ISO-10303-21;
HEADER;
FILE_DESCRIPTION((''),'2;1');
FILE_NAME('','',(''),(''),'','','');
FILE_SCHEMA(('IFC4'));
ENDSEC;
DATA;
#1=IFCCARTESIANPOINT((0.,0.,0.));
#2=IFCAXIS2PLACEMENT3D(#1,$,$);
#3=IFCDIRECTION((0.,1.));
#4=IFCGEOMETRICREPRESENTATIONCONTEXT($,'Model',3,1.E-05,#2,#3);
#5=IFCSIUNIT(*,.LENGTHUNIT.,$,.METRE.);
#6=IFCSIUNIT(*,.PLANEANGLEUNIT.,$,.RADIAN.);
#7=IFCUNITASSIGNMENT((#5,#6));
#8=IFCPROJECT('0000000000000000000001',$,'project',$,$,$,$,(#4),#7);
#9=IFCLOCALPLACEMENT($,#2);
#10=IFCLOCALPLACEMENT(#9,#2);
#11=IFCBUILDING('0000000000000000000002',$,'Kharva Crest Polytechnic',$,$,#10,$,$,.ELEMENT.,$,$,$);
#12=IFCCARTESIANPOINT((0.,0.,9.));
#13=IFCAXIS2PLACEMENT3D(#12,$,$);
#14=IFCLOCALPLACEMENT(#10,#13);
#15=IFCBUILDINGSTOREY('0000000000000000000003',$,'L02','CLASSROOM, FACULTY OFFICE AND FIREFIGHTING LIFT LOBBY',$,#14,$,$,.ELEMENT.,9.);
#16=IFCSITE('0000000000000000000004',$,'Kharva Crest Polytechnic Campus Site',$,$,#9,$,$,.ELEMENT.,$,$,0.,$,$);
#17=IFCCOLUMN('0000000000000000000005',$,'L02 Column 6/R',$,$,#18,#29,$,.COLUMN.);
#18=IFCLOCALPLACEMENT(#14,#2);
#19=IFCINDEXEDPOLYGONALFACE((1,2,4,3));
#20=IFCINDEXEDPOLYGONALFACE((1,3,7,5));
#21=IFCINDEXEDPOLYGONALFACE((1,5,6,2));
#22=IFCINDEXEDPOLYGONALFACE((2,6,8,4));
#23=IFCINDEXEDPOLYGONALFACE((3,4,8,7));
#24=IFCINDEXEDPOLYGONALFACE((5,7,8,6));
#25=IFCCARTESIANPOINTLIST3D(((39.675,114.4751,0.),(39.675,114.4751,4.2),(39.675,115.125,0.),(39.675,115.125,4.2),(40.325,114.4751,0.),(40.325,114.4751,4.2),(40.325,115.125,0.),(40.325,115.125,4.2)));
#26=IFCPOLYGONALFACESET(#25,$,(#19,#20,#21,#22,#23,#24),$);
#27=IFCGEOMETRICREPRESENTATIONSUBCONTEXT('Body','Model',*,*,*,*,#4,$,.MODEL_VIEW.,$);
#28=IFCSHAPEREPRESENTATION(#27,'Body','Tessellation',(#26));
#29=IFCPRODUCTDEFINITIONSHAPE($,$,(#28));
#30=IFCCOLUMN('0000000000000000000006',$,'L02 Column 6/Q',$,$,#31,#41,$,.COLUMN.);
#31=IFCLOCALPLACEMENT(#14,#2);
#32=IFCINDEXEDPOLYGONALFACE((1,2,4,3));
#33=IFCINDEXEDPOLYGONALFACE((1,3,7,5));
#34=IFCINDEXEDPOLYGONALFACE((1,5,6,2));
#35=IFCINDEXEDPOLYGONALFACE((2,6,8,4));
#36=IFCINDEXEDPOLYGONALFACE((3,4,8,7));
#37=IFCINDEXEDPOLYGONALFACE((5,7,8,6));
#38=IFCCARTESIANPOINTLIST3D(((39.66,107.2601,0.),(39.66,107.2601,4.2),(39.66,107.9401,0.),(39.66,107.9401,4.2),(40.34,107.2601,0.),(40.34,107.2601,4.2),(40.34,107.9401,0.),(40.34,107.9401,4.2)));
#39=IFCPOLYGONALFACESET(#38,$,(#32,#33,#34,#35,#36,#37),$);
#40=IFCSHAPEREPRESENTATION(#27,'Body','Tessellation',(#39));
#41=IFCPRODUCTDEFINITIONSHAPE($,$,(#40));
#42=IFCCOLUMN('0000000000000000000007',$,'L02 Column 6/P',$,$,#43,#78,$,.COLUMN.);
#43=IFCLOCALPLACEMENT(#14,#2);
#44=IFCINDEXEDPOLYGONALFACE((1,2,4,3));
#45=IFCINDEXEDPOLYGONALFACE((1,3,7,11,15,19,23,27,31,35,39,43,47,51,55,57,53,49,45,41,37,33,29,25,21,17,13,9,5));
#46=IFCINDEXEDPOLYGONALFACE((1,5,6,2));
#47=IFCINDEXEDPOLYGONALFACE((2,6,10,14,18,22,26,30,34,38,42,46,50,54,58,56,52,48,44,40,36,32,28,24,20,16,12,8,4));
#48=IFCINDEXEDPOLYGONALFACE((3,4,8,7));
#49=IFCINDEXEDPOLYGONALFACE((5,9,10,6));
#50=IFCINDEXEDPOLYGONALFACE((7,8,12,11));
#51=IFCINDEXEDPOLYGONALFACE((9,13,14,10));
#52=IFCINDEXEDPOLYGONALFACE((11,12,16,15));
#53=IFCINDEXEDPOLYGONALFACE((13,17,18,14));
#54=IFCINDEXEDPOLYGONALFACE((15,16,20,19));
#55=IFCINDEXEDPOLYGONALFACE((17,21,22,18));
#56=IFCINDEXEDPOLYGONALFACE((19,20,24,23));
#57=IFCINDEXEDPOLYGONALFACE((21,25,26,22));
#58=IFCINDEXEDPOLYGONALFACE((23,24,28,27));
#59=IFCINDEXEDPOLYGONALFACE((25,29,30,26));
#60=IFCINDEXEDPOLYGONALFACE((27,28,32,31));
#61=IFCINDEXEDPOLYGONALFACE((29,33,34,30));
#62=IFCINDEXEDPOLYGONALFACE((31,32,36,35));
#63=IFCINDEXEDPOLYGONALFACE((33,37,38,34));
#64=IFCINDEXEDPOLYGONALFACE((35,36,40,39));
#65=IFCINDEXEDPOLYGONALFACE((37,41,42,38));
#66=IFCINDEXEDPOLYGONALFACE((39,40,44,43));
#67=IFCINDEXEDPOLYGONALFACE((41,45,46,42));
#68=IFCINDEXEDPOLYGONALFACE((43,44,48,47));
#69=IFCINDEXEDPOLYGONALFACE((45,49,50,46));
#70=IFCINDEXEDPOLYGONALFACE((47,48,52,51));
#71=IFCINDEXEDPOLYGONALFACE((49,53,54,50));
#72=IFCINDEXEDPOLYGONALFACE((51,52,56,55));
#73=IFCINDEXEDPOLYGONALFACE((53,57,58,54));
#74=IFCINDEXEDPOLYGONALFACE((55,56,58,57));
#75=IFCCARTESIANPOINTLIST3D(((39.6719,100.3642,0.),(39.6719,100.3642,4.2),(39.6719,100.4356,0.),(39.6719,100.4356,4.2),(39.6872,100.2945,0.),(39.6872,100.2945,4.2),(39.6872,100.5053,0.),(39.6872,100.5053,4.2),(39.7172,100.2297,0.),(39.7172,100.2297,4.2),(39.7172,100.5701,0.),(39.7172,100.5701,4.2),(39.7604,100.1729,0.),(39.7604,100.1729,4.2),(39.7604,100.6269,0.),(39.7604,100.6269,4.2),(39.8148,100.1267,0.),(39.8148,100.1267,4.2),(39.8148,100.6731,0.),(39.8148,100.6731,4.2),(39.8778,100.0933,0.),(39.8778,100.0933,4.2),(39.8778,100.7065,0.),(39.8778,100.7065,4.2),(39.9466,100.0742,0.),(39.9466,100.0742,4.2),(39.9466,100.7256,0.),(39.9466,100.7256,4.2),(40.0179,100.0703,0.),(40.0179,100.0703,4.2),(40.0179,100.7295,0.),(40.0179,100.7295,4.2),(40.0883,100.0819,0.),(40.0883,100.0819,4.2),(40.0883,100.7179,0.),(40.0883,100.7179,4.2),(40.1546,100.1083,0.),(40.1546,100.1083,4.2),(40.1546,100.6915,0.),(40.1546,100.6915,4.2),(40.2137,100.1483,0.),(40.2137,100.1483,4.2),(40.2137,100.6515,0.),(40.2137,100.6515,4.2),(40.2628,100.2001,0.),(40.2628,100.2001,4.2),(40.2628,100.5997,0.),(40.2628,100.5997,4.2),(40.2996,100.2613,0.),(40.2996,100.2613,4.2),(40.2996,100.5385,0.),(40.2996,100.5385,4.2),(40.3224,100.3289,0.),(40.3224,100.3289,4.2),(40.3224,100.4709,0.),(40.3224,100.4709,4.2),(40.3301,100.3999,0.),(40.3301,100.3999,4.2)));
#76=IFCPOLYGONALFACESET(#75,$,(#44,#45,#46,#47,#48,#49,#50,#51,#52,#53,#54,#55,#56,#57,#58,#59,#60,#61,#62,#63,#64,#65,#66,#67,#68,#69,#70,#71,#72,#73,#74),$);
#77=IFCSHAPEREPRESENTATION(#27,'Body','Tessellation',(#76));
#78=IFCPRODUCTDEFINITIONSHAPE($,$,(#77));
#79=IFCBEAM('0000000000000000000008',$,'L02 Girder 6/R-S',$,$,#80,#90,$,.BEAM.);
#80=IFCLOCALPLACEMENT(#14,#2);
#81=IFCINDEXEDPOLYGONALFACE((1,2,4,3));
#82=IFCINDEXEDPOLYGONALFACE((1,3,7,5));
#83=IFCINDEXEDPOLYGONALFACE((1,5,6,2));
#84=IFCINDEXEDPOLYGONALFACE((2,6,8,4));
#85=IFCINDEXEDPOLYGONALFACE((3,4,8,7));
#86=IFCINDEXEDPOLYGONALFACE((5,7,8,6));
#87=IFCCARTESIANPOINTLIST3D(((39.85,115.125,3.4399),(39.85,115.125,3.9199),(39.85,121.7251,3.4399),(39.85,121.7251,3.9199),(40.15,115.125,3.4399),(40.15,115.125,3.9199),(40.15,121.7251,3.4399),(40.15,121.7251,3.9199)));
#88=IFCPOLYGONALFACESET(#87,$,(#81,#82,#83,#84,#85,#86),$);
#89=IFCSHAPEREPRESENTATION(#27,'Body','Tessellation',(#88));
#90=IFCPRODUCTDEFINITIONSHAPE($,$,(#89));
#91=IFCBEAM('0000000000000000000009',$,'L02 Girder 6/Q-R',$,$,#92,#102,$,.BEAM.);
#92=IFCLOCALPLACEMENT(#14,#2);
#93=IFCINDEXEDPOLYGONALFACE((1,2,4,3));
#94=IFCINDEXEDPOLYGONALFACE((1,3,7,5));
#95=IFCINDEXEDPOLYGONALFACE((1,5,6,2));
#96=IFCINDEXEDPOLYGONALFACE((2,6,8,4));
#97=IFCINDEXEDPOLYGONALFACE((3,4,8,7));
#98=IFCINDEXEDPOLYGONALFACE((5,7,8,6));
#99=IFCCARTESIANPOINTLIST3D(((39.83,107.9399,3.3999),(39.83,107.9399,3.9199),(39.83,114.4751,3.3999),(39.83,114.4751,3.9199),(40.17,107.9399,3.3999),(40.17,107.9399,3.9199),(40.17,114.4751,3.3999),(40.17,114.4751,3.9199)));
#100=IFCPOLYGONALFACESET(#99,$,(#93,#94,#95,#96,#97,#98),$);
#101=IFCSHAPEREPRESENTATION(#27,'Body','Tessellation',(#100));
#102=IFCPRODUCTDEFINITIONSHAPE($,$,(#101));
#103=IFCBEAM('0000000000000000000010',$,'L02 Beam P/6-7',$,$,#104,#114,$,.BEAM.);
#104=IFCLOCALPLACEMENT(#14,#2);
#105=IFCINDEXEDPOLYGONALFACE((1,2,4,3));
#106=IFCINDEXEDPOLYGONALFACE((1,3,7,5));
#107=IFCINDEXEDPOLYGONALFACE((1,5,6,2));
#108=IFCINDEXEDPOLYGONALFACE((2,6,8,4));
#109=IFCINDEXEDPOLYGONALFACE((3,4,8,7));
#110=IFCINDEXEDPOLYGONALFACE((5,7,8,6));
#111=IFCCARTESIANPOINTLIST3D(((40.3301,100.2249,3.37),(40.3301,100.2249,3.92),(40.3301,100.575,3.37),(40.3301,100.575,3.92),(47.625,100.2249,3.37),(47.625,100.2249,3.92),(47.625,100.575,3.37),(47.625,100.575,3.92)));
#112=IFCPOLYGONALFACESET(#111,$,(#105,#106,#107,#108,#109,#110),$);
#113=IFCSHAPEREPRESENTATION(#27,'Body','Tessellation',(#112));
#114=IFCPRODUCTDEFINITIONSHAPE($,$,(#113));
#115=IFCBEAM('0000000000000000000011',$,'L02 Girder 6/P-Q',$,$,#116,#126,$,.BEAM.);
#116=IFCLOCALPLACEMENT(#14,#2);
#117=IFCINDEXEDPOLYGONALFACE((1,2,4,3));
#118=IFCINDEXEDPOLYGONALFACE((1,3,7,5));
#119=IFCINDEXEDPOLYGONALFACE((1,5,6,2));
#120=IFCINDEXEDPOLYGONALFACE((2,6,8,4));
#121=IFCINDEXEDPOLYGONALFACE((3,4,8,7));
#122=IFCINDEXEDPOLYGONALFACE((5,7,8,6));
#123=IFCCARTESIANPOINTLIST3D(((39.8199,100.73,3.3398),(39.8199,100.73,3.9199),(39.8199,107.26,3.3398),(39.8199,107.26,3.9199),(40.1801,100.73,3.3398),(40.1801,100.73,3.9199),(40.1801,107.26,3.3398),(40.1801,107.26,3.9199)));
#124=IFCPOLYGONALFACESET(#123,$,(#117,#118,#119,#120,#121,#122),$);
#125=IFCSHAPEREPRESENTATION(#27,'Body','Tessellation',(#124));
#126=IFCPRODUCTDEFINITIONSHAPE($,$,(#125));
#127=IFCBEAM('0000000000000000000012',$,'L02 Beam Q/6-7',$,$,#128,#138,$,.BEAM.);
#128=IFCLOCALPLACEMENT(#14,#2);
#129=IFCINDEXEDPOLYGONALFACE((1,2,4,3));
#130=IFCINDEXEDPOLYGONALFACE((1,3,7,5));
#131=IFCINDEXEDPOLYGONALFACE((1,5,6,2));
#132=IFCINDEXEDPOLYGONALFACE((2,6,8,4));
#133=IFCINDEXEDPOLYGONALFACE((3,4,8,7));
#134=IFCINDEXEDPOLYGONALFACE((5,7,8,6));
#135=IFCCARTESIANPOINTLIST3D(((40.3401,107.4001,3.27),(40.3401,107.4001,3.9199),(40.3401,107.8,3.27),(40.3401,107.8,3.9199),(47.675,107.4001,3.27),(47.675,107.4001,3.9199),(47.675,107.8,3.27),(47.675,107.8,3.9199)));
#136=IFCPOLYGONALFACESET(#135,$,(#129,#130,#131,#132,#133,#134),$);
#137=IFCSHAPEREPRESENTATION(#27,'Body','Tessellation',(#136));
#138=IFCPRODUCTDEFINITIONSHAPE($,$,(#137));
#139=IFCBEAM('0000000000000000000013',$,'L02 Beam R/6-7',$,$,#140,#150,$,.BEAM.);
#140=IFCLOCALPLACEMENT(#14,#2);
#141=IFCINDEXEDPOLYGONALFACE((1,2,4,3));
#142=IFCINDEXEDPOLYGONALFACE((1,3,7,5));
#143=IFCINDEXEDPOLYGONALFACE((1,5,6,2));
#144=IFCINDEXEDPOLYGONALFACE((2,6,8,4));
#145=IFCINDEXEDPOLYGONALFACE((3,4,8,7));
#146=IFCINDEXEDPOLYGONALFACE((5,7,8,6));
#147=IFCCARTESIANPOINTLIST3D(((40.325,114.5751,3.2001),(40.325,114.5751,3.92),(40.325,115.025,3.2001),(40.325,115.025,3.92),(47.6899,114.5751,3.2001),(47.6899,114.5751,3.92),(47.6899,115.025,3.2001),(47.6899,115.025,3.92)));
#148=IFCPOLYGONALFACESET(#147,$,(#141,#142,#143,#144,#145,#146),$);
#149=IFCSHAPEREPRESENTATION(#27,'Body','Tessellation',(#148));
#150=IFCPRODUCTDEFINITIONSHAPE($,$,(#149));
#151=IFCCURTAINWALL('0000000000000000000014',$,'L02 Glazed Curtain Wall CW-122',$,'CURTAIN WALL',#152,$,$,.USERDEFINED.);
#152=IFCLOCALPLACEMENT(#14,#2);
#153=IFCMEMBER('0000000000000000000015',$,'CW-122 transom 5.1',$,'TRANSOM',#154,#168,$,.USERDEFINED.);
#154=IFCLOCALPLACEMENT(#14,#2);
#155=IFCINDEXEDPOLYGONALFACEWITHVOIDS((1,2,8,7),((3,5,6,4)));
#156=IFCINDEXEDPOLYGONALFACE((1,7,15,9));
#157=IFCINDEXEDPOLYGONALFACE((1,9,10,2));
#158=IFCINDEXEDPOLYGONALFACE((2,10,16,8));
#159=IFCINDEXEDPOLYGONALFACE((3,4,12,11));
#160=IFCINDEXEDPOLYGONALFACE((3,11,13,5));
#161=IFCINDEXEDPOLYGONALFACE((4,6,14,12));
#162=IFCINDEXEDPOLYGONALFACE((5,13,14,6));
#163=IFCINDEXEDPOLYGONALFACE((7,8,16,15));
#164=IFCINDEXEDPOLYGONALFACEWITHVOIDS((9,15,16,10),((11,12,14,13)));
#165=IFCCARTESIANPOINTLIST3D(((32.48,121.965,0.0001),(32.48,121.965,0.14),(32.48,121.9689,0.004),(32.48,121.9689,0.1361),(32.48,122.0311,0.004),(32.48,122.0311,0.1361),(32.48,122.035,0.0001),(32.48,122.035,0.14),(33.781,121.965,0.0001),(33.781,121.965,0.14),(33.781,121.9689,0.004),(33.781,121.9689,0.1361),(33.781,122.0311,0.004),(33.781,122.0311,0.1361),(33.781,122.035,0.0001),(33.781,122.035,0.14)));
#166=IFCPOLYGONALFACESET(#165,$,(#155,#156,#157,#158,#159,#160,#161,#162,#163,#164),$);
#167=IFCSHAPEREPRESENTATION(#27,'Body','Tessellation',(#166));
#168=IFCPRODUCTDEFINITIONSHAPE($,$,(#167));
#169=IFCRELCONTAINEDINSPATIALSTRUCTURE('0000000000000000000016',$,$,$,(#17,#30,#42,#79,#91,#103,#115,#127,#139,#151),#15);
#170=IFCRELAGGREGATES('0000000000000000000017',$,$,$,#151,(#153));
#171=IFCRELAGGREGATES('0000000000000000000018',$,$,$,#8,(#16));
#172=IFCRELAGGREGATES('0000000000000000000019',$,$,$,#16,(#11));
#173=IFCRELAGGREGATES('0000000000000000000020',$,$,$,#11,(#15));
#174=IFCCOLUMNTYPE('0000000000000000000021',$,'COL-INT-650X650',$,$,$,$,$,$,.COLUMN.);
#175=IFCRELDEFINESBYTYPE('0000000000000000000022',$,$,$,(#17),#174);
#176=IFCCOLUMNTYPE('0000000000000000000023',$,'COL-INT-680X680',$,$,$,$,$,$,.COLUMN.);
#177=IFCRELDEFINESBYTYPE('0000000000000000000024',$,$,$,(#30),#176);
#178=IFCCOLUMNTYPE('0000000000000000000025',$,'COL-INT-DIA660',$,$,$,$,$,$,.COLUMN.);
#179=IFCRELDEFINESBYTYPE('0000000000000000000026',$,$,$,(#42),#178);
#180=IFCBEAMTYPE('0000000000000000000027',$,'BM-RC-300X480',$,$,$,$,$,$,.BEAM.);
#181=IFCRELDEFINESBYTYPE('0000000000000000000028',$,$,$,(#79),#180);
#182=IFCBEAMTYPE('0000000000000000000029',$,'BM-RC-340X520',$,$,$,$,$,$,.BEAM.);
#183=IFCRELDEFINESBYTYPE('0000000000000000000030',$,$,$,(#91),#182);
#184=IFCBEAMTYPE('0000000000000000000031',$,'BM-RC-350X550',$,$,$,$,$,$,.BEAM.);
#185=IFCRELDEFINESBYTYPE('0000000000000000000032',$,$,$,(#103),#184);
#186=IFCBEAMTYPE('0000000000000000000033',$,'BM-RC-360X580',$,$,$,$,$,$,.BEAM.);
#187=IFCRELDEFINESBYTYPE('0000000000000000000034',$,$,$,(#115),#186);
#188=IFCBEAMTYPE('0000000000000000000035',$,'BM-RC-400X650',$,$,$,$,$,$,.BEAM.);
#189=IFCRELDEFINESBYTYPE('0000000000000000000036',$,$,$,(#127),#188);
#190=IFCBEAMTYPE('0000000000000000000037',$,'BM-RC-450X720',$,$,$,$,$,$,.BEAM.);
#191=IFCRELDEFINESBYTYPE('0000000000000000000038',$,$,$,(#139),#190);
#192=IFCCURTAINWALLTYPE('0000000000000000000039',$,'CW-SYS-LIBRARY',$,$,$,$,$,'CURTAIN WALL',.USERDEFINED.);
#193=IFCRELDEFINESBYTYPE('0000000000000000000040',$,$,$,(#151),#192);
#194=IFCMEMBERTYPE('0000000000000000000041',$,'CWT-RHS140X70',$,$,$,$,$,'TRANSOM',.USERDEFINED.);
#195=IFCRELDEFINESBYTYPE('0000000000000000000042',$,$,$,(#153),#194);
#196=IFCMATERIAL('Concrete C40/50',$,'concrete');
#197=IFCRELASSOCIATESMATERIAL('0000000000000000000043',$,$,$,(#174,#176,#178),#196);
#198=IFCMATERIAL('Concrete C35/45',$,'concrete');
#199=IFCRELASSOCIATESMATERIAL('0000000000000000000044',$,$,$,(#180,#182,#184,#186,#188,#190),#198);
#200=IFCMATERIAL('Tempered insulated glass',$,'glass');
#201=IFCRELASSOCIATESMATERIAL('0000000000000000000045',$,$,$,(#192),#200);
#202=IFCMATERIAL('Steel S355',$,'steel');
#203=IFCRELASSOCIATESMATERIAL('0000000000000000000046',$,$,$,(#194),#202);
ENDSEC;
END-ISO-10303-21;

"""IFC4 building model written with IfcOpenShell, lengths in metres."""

from ifc_helpers import new_model, si_unit, direction, frame, origin, origin_2d, place, context, subcontext, project, spatial, rectangle, hollow_rectangle, circle, extrude, material, material_profile, profile_set, type_object, element, aggregate, save


model = new_model("IFC4")

# Units and contexts
model_context = context("Model", 3, precision=1e-05, world=origin(), true_north=direction((0.0, 1.0)))
body_context = subcontext(model_context, "Body", "Model", "MODEL_VIEW")
ifc_project = project(units=[si_unit("LENGTHUNIT", "METRE"), si_unit("PLANEANGLEUNIT", "RADIAN")], contexts=[model_context])

# Site, building, storey
site_placement = place(None, origin())
site = spatial("IfcSite", under=ifc_project, at=site_placement, Name="Kharva Crest Polytechnic Campus Site", CompositionType="ELEMENT", RefElevation=0.0)
building_placement = place(site_placement, origin())
building = spatial("IfcBuilding", under=site, at=building_placement, Name="Kharva Crest Polytechnic", CompositionType="ELEMENT")
storey_placement = place(building_placement, frame((0.0, 0.0, 9.0)))
storey = spatial("IfcBuildingStorey", under=building, at=storey_placement, Name="L02", Description="CLASSROOM, FACULTY OFFICE AND FIREFIGHTING LIFT LOBBY", CompositionType="ELEMENT", Elevation=9.0)

# Columns
ifc_material_1 = material(Name="Concrete C40/50", Category="concrete")
ifc_material_profile_1 = material_profile(ifc_material_1, rectangle(XDim=0.6499, YDim=0.6499, at=origin_2d()), Name="RECT 650 X 650")
ifc_profile_set_1 = profile_set([ifc_material_profile_1], Name="Concrete C40/50")
column_type_1 = type_object("IfcColumnType", Name="COL-INT-650X650", PredefinedType="COLUMN", material=ifc_profile_set_1)
column_1_placement = place(storey_placement, frame((40.0, 114.8, 0.0), z_axis=(0.0, 0.0, 1.0), x_axis=(1.0, 0.0, 0.0)))
element("IfcColumn", 1, at=column_1_placement, inside=storey, type_object=column_type_1, Name="L02 Column 6/R", PredefinedType="COLUMN", context=body_context, shape_type="SweptSolid", body=[
    extrude(rectangle(XDim=0.6499, YDim=0.6499, at=origin_2d()), origin(), (0.0, 0.0, 1.0), 4.2),
])
ifc_material_profile_2 = material_profile(ifc_material_1, rectangle(XDim=0.6799, YDim=0.6799, at=origin_2d()), Name="RECT 680 X 680")
ifc_profile_set_2 = profile_set([ifc_material_profile_2], Name="Concrete C40/50")
column_type_2 = type_object("IfcColumnType", Name="COL-INT-680X680", PredefinedType="COLUMN", material=ifc_profile_set_2)
column_2_placement = place(storey_placement, frame((40.0, 107.6001, 0.0), z_axis=(0.0, 0.0, 1.0), x_axis=(1.0, 0.0, 0.0)))
element("IfcColumn", 2, at=column_2_placement, inside=storey, type_object=column_type_2, Name="L02 Column 6/Q", PredefinedType="COLUMN", context=body_context, shape_type="SweptSolid", body=[
    extrude(rectangle(XDim=0.6799, YDim=0.6799, at=origin_2d()), origin(), (0.0, 0.0, 1.0), 4.2),
])
ifc_material_profile_3 = material_profile(ifc_material_1, circle(Radius=0.3301, at=origin_2d()), Name="DIA 660")
ifc_profile_set_3 = profile_set([ifc_material_profile_3], Name="Concrete C40/50")
column_type_3 = type_object("IfcColumnType", Name="COL-INT-DIA660", PredefinedType="COLUMN", material=ifc_profile_set_3)
column_3_placement = place(storey_placement, frame((40.0, 100.3999, 0.0), z_axis=(0.0, 0.0, 1.0), x_axis=(1.0, 0.0, 0.0)))
element("IfcColumn", 3, at=column_3_placement, inside=storey, type_object=column_type_3, Name="L02 Column 6/P", PredefinedType="COLUMN", context=body_context, shape_type="SweptSolid", body=[
    extrude(circle(Radius=0.3301, at=origin_2d()), origin(), (0.0, 0.0, 1.0), 4.2),
])

# Beams
ifc_material_2 = material(Name="Concrete C35/45", Category="concrete")
ifc_material_profile_4 = material_profile(ifc_material_2, rectangle(XDim=0.3, YDim=0.48, at=origin_2d()), Name="RECT 300 X 480")
ifc_profile_set_4 = profile_set([ifc_material_profile_4], Name="Concrete C35/45")
beam_type_1 = type_object("IfcBeamType", Name="BM-RC-300X480", PredefinedType="BEAM", material=ifc_profile_set_4)
beam_1_placement = place(storey_placement, frame((40.0, 115.125, 3.6799), z_axis=(0.0, 1.0, 0.0), x_axis=(-1.0, 0.0, 0.0)))
element("IfcBeam", 4, at=beam_1_placement, inside=storey, type_object=beam_type_1, Name="L02 Girder 6/R-S", PredefinedType="BEAM", context=body_context, shape_type="SweptSolid", body=[
    extrude(rectangle(XDim=0.3, YDim=0.48, at=origin_2d()), origin(), (0.0, 0.0, 1.0), 6.6001),
])
ifc_material_profile_5 = material_profile(ifc_material_2, rectangle(XDim=0.3401, YDim=0.52, at=origin_2d()), Name="RECT 340 X 520")
ifc_profile_set_5 = profile_set([ifc_material_profile_5], Name="Concrete C35/45")
beam_type_2 = type_object("IfcBeamType", Name="BM-RC-340X520", PredefinedType="BEAM", material=ifc_profile_set_5)
beam_2_placement = place(storey_placement, frame((40.0, 107.9399, 3.6599), z_axis=(0.0, 1.0, 0.0), x_axis=(-1.0, 0.0, 0.0)))
element("IfcBeam", 5, at=beam_2_placement, inside=storey, type_object=beam_type_2, Name="L02 Girder 6/Q-R", PredefinedType="BEAM", context=body_context, shape_type="SweptSolid", body=[
    extrude(rectangle(XDim=0.3401, YDim=0.52, at=origin_2d()), origin(), (0.0, 0.0, 1.0), 6.5352),
])
ifc_material_profile_6 = material_profile(ifc_material_2, rectangle(XDim=0.3501, YDim=0.55, at=origin_2d()), Name="RECT 350 X 550")
ifc_profile_set_6 = profile_set([ifc_material_profile_6], Name="Concrete C35/45")
beam_type_3 = type_object("IfcBeamType", Name="BM-RC-350X550", PredefinedType="BEAM", material=ifc_profile_set_6)
beam_3_placement = place(storey_placement, frame((40.3301, 100.3999, 3.645), z_axis=(1.0, 0.0, 0.0), x_axis=(0.0, 1.0, 0.0)))
element("IfcBeam", 6, at=beam_3_placement, inside=storey, type_object=beam_type_3, Name="L02 Beam P/6-7", PredefinedType="BEAM", context=body_context, shape_type="SweptSolid", body=[
    extrude(rectangle(XDim=0.3501, YDim=0.55, at=origin_2d()), origin(), (0.0, 0.0, 1.0), 7.2949),
])
ifc_material_profile_7 = material_profile(ifc_material_2, rectangle(XDim=0.3601, YDim=0.5801, at=origin_2d()), Name="RECT 360 X 580")
ifc_profile_set_7 = profile_set([ifc_material_profile_7], Name="Concrete C35/45")
beam_type_4 = type_object("IfcBeamType", Name="BM-RC-360X580", PredefinedType="BEAM", material=ifc_profile_set_7)
beam_4_placement = place(storey_placement, frame((40.0, 100.73, 3.6299), z_axis=(0.0, 1.0, 0.0), x_axis=(-1.0, 0.0, 0.0)))
element("IfcBeam", 7, at=beam_4_placement, inside=storey, type_object=beam_type_4, Name="L02 Girder 6/P-Q", PredefinedType="BEAM", context=body_context, shape_type="SweptSolid", body=[
    extrude(rectangle(XDim=0.3601, YDim=0.5801, at=origin_2d()), origin(), (0.0, 0.0, 1.0), 6.53),
])
ifc_material_profile_8 = material_profile(ifc_material_2, rectangle(XDim=0.3999, YDim=0.6499, at=origin_2d()), Name="RECT 400 X 650")
ifc_profile_set_8 = profile_set([ifc_material_profile_8], Name="Concrete C35/45")
beam_type_5 = type_object("IfcBeamType", Name="BM-RC-400X650", PredefinedType="BEAM", material=ifc_profile_set_8)
beam_5_placement = place(storey_placement, frame((40.3401, 107.6001, 3.595), z_axis=(1.0, 0.0, 0.0), x_axis=(0.0, 1.0, 0.0)))
element("IfcBeam", 8, at=beam_5_placement, inside=storey, type_object=beam_type_5, Name="L02 Beam Q/6-7", PredefinedType="BEAM", context=body_context, shape_type="SweptSolid", body=[
    extrude(rectangle(XDim=0.3999, YDim=0.6499, at=origin_2d()), origin(), (0.0, 0.0, 1.0), 7.335),
])
ifc_material_profile_9 = material_profile(ifc_material_2, rectangle(XDim=0.45, YDim=0.72, at=origin_2d()), Name="RECT 450 X 720")
ifc_profile_set_9 = profile_set([ifc_material_profile_9], Name="Concrete C35/45")
beam_type_6 = type_object("IfcBeamType", Name="BM-RC-450X720", PredefinedType="BEAM", material=ifc_profile_set_9)
beam_6_placement = place(storey_placement, frame((40.325, 114.8, 3.5601), z_axis=(1.0, 0.0, 0.0), x_axis=(0.0, 1.0, 0.0)))
element("IfcBeam", 9, at=beam_6_placement, inside=storey, type_object=beam_type_6, Name="L02 Beam R/6-7", PredefinedType="BEAM", context=body_context, shape_type="SweptSolid", body=[
    extrude(rectangle(XDim=0.45, YDim=0.72, at=origin_2d()), origin(), (0.0, 0.0, 1.0), 7.365),
])

# Curtain wall, member
ifc_material_3 = material(Name="Tempered insulated glass", Category="glass")
curtain_wall_type = type_object("IfcCurtainWallType", Name="CW-SYS-LIBRARY", ElementType="CURTAIN WALL", PredefinedType="USERDEFINED", material=ifc_material_3)
curtain_wall_placement = place(storey_placement, origin())
curtain_wall = element("IfcCurtainWall", 10, at=curtain_wall_placement, inside=storey, type_object=curtain_wall_type, Name="L02 Glazed Curtain Wall CW-122", ObjectType="CURTAIN WALL", PredefinedType="USERDEFINED")
ifc_material_4 = material(Name="Steel S355", Category="steel")
ifc_material_profile_10 = material_profile(ifc_material_4, hollow_rectangle(XDim=0.0701, YDim=0.1399, WallThickness=0.0039, at=origin_2d()), Name="RHS 140X70X4.0")
ifc_profile_set_10 = profile_set([ifc_material_profile_10], Name="Steel S355")
member_type = type_object("IfcMemberType", Name="CWT-RHS140X70", ElementType="TRANSOM", PredefinedType="USERDEFINED", material=ifc_profile_set_10)
member_placement = place(storey_placement, frame((33.781, 122.0, 0.0701), z_axis=(-1.0, 0.0, 0.0), x_axis=(0.0, -1.0, 0.0)))
member = element("IfcMember", 11, at=member_placement, type_object=member_type, Name="CW-122 transom 5.1", ObjectType="TRANSOM", PredefinedType="USERDEFINED", context=body_context, shape_type="SweptSolid", body=[
    extrude(hollow_rectangle(XDim=0.0701, YDim=0.1399, WallThickness=0.0039, at=origin_2d()), origin(), (0.0, 0.0, 1.0), 1.301),
])

aggregate(curtain_wall, [member])

save(model, "model.ifc")
